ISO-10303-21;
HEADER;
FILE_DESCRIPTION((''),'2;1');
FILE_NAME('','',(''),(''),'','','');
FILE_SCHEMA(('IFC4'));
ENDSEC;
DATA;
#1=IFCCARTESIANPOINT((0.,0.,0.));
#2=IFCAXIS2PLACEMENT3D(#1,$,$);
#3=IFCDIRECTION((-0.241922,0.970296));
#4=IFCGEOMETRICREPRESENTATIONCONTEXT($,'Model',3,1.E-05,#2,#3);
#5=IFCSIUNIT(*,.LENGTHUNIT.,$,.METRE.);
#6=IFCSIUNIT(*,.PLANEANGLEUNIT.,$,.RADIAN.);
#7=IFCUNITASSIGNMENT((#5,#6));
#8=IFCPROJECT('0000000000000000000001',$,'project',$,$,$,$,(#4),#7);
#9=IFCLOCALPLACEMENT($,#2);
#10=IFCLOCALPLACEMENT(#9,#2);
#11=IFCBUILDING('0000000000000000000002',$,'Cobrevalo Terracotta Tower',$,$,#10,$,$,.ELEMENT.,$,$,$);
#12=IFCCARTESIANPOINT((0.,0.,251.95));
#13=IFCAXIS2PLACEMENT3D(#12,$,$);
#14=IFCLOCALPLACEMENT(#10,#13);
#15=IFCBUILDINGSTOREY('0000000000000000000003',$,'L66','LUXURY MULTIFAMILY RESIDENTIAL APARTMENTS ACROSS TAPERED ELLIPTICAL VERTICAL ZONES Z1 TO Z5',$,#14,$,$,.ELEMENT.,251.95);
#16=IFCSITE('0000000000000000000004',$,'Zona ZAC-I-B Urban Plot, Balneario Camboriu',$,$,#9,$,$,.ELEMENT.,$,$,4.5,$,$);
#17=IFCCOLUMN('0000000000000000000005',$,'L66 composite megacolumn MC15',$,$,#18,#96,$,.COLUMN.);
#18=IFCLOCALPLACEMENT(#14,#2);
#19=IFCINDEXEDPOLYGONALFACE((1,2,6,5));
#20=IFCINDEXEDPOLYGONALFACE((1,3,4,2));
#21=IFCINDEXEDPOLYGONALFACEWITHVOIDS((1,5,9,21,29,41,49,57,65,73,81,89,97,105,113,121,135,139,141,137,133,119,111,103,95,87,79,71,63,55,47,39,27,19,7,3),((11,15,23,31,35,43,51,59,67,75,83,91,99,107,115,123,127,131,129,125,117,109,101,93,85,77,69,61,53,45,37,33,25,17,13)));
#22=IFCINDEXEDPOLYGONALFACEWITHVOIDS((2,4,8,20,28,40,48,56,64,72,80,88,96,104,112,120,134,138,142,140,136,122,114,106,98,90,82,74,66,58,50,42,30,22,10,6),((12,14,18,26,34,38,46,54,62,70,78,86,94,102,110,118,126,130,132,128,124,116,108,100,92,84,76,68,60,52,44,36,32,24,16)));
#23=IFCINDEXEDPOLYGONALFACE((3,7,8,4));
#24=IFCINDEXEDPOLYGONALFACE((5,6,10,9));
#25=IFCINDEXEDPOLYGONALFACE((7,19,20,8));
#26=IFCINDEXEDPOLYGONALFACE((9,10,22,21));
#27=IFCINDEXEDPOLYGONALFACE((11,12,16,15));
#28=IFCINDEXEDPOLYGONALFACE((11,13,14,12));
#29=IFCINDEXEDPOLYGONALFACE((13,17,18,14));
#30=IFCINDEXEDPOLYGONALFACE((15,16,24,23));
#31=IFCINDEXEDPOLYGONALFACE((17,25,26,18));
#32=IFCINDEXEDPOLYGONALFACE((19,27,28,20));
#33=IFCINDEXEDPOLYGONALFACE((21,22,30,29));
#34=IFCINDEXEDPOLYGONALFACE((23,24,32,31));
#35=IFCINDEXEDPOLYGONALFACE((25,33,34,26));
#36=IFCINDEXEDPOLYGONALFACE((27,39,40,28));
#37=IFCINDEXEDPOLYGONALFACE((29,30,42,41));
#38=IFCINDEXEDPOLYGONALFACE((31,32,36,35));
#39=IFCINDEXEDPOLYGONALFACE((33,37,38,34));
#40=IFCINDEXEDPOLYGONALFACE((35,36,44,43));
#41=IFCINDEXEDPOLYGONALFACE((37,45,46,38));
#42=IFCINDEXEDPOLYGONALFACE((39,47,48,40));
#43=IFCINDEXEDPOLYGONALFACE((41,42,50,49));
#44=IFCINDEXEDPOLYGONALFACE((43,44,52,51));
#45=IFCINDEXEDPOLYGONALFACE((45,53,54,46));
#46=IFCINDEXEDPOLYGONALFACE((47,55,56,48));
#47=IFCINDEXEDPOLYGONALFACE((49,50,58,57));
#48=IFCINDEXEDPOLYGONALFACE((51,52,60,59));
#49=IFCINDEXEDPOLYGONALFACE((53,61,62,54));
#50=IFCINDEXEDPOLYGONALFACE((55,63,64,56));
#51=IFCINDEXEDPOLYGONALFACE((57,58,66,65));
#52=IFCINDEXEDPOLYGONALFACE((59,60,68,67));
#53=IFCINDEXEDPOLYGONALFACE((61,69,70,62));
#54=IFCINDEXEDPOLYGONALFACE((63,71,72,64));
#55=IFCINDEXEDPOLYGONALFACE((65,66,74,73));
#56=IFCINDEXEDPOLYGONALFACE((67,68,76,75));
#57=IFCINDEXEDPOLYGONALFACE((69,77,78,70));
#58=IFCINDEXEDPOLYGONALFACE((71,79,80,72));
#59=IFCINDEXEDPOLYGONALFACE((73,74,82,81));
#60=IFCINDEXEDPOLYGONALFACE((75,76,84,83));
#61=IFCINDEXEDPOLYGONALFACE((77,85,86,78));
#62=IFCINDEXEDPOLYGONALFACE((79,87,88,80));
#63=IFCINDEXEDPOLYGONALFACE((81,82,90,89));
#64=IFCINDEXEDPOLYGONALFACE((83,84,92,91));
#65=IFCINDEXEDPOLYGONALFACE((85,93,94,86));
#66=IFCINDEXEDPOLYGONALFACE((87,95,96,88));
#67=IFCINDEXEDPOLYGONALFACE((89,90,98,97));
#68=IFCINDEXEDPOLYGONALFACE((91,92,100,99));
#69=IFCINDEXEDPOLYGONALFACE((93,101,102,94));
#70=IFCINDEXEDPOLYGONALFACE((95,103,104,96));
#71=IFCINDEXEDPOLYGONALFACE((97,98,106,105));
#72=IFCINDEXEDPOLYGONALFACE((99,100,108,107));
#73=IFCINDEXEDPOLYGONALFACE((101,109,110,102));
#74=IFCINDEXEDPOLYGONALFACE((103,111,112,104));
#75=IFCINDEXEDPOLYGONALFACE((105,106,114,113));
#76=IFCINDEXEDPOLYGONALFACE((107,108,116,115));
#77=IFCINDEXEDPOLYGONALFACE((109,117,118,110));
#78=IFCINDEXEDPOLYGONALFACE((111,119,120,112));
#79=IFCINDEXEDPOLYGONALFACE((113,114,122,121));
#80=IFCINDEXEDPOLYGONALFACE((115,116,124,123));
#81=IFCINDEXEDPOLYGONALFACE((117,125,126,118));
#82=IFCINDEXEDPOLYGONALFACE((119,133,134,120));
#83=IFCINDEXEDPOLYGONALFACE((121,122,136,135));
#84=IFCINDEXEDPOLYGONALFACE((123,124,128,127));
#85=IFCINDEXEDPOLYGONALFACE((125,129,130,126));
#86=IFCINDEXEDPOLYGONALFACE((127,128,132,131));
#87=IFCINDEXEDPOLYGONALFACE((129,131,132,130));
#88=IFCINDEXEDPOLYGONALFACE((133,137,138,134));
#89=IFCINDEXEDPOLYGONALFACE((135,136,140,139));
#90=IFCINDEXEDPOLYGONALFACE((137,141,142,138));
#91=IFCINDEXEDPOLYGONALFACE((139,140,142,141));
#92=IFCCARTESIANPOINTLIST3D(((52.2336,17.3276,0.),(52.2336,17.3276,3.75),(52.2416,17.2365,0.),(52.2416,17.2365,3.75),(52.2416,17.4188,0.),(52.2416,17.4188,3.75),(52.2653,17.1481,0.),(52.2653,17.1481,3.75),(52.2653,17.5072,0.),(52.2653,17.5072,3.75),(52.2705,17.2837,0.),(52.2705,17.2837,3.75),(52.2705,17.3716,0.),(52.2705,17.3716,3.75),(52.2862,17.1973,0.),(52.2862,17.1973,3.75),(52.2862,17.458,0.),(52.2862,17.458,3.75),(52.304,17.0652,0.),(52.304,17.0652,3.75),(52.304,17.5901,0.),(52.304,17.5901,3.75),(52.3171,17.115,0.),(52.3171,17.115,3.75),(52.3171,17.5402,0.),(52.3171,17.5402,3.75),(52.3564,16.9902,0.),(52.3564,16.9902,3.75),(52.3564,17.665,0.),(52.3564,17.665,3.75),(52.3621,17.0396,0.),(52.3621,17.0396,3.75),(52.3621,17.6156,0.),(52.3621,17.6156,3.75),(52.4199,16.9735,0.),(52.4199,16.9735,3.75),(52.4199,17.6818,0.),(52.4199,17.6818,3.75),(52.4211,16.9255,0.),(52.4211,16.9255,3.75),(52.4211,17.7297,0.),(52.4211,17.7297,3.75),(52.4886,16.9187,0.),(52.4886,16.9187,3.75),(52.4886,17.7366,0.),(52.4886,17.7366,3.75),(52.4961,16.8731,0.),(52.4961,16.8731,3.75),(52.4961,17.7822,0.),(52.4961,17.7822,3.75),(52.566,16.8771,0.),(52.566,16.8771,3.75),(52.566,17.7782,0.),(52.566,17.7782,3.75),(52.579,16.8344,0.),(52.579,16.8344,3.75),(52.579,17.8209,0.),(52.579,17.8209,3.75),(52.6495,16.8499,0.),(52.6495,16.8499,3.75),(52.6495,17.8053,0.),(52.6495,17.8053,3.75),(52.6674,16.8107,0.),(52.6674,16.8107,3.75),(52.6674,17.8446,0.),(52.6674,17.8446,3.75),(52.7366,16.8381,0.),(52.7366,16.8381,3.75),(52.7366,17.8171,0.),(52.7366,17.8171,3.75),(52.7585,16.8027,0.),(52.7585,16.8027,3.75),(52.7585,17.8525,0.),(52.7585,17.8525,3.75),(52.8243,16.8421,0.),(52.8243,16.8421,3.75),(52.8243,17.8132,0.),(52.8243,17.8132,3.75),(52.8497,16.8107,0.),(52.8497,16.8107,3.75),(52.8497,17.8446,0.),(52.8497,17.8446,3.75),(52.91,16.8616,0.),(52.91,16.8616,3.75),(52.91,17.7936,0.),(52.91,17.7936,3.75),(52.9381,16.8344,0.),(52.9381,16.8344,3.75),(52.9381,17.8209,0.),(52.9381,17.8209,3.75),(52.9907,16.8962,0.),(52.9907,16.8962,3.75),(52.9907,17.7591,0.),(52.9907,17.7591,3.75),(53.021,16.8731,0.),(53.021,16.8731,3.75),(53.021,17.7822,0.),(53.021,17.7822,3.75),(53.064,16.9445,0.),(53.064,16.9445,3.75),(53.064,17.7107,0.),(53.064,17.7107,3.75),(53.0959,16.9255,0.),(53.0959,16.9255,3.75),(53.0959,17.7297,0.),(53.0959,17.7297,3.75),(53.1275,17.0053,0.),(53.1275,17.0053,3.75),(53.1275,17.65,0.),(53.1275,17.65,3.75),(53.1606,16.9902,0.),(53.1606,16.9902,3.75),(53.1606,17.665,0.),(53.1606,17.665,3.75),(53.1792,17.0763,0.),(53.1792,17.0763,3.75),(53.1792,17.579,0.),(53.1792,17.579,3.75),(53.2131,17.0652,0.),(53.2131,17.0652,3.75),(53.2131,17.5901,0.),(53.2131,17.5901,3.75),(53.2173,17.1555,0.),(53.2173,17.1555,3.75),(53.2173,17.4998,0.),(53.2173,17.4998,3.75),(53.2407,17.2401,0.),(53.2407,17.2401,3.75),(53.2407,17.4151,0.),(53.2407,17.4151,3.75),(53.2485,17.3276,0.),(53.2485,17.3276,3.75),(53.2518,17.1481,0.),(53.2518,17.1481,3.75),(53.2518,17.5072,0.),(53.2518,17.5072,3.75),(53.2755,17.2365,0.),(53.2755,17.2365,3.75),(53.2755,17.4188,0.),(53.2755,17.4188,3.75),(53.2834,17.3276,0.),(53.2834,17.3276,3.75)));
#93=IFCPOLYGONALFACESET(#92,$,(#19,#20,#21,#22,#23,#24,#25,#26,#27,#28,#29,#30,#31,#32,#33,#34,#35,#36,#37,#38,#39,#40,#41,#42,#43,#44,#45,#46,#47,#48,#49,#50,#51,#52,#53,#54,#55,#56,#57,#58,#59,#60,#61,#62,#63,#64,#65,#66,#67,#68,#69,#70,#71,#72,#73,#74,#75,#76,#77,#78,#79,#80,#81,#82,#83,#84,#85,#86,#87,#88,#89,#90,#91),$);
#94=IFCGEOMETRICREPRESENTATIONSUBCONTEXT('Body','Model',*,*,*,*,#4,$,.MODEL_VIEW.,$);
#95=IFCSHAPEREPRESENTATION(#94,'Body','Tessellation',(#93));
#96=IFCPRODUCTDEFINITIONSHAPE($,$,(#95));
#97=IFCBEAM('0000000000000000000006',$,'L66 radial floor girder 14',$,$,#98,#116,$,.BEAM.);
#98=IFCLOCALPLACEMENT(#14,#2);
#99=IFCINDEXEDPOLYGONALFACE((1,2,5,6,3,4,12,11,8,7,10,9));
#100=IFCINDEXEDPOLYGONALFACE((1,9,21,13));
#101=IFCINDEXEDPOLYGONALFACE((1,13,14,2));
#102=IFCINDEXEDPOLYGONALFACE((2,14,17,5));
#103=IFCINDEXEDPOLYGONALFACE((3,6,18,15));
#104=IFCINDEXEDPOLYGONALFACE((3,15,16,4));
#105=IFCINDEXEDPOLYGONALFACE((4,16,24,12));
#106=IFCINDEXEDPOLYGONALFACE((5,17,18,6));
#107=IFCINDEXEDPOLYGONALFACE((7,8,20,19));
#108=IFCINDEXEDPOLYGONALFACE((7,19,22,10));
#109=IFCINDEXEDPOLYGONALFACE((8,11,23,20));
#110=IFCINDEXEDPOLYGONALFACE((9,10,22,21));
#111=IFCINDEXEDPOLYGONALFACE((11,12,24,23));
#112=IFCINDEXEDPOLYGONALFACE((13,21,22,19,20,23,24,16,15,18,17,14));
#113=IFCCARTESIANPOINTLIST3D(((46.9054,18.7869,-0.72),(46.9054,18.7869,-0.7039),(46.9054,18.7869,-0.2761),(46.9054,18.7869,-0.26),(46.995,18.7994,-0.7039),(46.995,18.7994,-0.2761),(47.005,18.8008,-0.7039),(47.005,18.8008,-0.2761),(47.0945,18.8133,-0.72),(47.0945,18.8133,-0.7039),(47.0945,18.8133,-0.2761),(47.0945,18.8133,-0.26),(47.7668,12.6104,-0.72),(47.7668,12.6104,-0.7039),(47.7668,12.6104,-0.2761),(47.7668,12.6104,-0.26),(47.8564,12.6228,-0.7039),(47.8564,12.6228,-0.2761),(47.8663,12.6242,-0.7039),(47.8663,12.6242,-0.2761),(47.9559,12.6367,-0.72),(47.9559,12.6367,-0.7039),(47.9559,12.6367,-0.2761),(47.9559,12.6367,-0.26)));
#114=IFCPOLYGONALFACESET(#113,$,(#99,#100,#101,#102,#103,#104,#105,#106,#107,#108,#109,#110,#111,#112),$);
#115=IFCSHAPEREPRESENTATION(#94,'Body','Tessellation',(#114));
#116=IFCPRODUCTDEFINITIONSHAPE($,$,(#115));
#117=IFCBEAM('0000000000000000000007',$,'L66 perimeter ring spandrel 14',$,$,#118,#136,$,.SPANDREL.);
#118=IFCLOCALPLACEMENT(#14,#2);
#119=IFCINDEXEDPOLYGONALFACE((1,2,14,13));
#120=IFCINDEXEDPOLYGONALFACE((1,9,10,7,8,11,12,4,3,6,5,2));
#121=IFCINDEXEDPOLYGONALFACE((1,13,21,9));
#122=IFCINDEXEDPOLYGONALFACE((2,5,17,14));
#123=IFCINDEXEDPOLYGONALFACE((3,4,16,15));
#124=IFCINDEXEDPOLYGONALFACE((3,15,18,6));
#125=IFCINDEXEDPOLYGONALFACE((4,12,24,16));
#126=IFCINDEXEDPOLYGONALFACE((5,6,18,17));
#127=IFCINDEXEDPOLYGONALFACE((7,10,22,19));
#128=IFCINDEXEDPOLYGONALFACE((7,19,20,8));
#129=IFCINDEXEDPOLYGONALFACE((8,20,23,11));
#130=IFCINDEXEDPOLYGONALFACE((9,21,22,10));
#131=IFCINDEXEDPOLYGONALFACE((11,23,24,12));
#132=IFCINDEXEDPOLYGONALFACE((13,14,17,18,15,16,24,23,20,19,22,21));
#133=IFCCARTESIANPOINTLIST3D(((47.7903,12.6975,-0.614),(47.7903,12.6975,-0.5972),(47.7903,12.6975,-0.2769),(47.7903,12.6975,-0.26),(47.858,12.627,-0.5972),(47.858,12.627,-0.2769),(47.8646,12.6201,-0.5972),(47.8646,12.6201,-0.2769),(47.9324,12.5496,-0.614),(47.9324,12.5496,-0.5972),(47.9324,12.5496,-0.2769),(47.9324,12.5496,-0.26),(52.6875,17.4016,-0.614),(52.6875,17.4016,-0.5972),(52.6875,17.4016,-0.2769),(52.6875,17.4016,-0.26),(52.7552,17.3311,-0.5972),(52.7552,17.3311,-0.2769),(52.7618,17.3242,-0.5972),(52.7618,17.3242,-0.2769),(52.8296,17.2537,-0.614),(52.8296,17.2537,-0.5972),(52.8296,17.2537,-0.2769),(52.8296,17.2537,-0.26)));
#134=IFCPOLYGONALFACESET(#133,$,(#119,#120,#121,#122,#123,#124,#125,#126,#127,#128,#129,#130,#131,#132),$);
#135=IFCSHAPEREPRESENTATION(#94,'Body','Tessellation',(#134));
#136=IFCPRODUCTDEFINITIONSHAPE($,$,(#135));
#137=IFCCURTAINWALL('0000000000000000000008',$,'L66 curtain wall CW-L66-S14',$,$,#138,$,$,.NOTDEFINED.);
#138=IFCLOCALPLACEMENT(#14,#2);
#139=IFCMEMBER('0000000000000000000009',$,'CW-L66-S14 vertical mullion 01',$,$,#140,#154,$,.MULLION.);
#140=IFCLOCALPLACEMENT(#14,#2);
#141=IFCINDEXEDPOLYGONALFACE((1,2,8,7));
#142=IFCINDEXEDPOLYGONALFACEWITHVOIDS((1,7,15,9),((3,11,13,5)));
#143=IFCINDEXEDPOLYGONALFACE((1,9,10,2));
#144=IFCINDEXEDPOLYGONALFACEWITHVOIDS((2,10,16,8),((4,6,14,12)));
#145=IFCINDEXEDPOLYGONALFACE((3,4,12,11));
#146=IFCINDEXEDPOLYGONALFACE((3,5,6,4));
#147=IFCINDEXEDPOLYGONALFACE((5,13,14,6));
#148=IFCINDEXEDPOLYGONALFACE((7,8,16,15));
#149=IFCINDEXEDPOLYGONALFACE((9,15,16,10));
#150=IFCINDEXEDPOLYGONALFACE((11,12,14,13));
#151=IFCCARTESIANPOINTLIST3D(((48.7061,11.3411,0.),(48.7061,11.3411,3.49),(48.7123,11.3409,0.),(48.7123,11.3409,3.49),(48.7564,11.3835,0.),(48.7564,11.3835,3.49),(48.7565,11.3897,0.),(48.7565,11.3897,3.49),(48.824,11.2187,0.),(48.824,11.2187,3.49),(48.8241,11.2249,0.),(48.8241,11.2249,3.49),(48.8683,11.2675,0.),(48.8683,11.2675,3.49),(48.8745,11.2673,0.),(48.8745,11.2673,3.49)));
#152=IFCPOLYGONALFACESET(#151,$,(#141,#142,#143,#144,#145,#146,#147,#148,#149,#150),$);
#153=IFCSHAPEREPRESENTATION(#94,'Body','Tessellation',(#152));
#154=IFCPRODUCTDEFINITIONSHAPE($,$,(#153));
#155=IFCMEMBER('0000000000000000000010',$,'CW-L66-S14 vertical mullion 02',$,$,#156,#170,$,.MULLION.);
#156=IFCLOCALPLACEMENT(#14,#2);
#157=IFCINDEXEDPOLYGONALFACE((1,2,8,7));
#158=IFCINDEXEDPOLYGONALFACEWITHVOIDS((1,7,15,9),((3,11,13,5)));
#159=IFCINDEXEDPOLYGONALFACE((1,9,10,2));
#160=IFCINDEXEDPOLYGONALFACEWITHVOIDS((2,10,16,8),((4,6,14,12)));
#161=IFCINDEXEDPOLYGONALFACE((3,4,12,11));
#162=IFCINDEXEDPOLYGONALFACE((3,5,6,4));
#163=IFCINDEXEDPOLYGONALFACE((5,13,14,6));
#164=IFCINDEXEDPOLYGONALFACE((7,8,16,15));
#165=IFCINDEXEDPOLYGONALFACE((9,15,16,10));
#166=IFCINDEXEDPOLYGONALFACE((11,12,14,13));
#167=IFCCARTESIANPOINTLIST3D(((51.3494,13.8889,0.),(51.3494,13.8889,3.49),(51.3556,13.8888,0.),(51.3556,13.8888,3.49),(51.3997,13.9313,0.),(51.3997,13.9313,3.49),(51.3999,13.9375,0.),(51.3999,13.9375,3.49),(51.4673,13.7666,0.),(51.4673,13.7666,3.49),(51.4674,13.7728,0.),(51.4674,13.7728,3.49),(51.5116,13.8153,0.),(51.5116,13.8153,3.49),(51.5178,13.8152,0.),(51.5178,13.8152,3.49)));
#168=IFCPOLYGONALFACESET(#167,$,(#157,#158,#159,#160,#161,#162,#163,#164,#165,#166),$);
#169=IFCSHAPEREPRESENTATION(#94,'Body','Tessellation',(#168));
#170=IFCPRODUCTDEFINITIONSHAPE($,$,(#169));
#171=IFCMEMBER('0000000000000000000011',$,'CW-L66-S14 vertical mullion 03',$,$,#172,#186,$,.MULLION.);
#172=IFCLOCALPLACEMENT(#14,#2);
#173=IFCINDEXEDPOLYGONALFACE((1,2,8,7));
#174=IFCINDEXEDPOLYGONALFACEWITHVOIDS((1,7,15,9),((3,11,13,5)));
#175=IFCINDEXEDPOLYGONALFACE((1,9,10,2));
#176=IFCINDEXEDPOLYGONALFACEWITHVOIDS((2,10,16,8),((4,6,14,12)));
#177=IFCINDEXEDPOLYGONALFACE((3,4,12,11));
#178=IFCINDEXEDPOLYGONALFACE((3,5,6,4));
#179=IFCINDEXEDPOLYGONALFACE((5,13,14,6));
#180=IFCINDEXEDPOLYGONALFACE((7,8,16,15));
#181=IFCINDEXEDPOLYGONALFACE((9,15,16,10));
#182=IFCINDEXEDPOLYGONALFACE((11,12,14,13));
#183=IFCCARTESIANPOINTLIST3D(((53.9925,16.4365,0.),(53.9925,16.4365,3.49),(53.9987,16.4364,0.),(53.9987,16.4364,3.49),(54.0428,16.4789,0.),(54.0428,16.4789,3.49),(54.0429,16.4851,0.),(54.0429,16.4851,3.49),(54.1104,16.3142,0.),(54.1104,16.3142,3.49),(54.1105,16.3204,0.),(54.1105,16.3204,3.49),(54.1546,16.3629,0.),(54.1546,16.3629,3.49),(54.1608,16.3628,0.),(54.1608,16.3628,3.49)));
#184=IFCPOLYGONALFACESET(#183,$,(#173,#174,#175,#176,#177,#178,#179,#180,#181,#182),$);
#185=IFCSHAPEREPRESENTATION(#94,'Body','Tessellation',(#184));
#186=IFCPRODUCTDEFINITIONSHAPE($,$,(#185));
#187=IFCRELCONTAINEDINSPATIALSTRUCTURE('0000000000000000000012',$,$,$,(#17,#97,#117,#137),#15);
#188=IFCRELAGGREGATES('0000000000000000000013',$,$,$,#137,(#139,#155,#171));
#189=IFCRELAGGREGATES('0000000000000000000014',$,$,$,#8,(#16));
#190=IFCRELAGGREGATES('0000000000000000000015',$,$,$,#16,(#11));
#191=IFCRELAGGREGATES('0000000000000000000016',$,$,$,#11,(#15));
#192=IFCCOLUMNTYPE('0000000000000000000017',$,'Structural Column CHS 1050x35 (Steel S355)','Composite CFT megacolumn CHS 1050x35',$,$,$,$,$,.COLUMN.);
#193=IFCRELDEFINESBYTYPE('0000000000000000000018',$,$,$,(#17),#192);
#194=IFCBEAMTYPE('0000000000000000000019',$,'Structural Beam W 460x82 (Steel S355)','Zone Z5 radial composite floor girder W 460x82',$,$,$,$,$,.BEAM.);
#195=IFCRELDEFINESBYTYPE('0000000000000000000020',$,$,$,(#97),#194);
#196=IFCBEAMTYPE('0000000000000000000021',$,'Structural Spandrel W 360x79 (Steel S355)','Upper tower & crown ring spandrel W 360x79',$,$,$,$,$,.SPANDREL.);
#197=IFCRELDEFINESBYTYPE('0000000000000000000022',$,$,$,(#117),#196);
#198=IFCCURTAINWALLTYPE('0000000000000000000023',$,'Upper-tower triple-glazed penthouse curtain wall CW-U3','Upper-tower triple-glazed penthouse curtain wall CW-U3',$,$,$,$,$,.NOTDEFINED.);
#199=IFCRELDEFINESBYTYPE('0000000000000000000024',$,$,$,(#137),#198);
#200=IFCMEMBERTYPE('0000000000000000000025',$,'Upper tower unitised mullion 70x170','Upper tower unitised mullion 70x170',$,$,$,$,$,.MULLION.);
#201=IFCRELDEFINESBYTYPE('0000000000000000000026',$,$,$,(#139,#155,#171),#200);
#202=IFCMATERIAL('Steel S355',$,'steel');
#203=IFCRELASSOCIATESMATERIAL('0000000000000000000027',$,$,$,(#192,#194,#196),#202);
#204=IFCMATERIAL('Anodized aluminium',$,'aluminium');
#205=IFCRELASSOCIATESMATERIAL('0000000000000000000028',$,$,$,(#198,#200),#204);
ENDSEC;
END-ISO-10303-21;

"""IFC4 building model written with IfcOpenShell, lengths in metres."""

from ifc_helpers import new_model, si_unit, direction, frame, origin, origin_2d, place, context, subcontext, project, spatial, hollow_rectangle, hollow_circle, i_section, extrude, source, transform, mapped, material, material_profile, profile_set, type_object, element, aggregate, save


model = new_model("IFC4")

# Units and contexts
model_context = context("Model", 3, precision=1e-05, world=origin(), true_north=direction((-0.241922, 0.970296)))
body_context = subcontext(model_context, "Body", "Model", "MODEL_VIEW")
ifc_project = project(units=[si_unit("LENGTHUNIT", "METRE"), si_unit("PLANEANGLEUNIT", "RADIAN")], contexts=[model_context])

# Site, building, storey
site_placement = place(None, origin())
site = spatial("IfcSite", under=ifc_project, at=site_placement, Name="Zona ZAC-I-B Urban Plot, Balneario Camboriu", CompositionType="ELEMENT", RefElevation=4.5)
building_placement = place(site_placement, origin())
building = spatial("IfcBuilding", under=site, at=building_placement, Name="Cobrevalo Terracotta Tower", CompositionType="ELEMENT")
storey_placement = place(building_placement, frame((0.0, 0.0, 251.95)))
storey = spatial("IfcBuildingStorey", under=building, at=storey_placement, Name="L66", Description="LUXURY MULTIFAMILY RESIDENTIAL APARTMENTS ACROSS TAPERED ELLIPTICAL VERTICAL ZONES Z1 TO Z5", CompositionType="ELEMENT", Elevation=251.95)

# Column
ifc_material_1 = material(Name="Steel S355", Category="steel")
ifc_material_profile_1 = material_profile(ifc_material_1, hollow_circle(Radius=0.5249, WallThickness=0.0349, at=origin_2d()), Name="CHS 1050x35")
ifc_profile_set_1 = profile_set([ifc_material_profile_1], Name="Steel S355")
column_type = type_object("IfcColumnType", Name="Structural Column CHS 1050x35 (Steel S355)", Description="Composite CFT megacolumn CHS 1050x35", PredefinedType="COLUMN", material=ifc_profile_set_1)
column_placement = place(storey_placement, frame((52.7585, 17.3276, 0.0), z_axis=(0.0, 0.0, 1.0), x_axis=(1.0, 0.0, 0.0)))
element("IfcColumn", 1, at=column_placement, inside=storey, type_object=column_type, Name="L66 composite megacolumn MC15", PredefinedType="COLUMN", context=body_context, shape_type="SweptSolid", body=[
    extrude(hollow_circle(Radius=0.5249, WallThickness=0.0349, at=origin_2d()), origin(), (0.0, 0.0, 1.0), 3.75),
])

# Beams
ifc_material_profile_2 = material_profile(ifc_material_1, i_section(OverallWidth=0.1909, OverallDepth=0.46, WebThickness=0.01, FlangeThickness=0.0161, at=origin_2d()), Name="W 460x82")
ifc_profile_set_2 = profile_set([ifc_material_profile_2], Name="Steel S355")
beam_type_1 = type_object("IfcBeamType", Name="Structural Beam W 460x82 (Steel S355)", Description="Zone Z5 radial composite floor girder W 460x82", PredefinedType="BEAM", material=ifc_profile_set_2)
beam_1_placement = place(storey_placement, frame((47.8613, 12.6235, -0.49), z_axis=(-0.138116, 0.990416, 0.0), x_axis=(-0.990416, -0.138116, 0.0)))
element("IfcBeam", 2, at=beam_1_placement, inside=storey, type_object=beam_type_1, Name="L66 radial floor girder 14", PredefinedType="BEAM", context=body_context, shape_type="SweptSolid", body=[
    extrude(i_section(OverallWidth=0.1909, OverallDepth=0.46, WebThickness=0.01, FlangeThickness=0.0161, at=origin_2d()), origin(), (0.0, 0.0, 1.0), 6.2363),
])
ifc_material_profile_3 = material_profile(ifc_material_1, i_section(OverallWidth=0.2051, OverallDepth=0.354, WebThickness=0.0095, FlangeThickness=0.0168, at=origin_2d()), Name="W 360x79")
ifc_profile_set_3 = profile_set([ifc_material_profile_3], Name="Steel S355")
beam_type_2 = type_object("IfcBeamType", Name="Structural Spandrel W 360x79 (Steel S355)", Description="Upper tower & crown ring spandrel W 360x79", PredefinedType="SPANDREL", material=ifc_profile_set_3)
beam_2_placement = place(storey_placement, frame((47.8613, 12.6235, -0.437), z_axis=(0.721183, 0.692744, 0.0), x_axis=(-0.692744, 0.721183, 0.0)))
element("IfcBeam", 3, at=beam_2_placement, inside=storey, type_object=beam_type_2, Name="L66 perimeter ring spandrel 14", PredefinedType="SPANDREL", context=body_context, shape_type="SweptSolid", body=[
    extrude(i_section(OverallWidth=0.2051, OverallDepth=0.354, WebThickness=0.0095, FlangeThickness=0.0168, at=origin_2d()), origin(), (0.0, 0.0, 1.0), 6.7905),
])

# Curtain wall, members
ifc_material_2 = material(Name="Anodized aluminium", Category="aluminium")
curtain_wall_type = type_object("IfcCurtainWallType", Name="Upper-tower triple-glazed penthouse curtain wall CW-U3", Description="Upper-tower triple-glazed penthouse curtain wall CW-U3", PredefinedType="NOTDEFINED", material=ifc_material_2)
curtain_wall_1_placement = place(storey_placement, origin())
curtain_wall_1 = element("IfcCurtainWall", 4, at=curtain_wall_1_placement, inside=storey, type_object=curtain_wall_type, Name="L66 curtain wall CW-L66-S14", PredefinedType="NOTDEFINED")
ifc_material_profile_4 = material_profile(ifc_material_2, hollow_rectangle(XDim=0.0701, YDim=0.1699, WallThickness=0.0044, at=origin_2d()), Name="CWM 70x170")
ifc_profile_set_4 = profile_set([ifc_material_profile_4], Name="Anodized aluminium")
member_type_1 = type_object("IfcMemberType", Name="Upper tower unitised mullion 70x170", Description="Upper tower unitised mullion 70x170", PredefinedType="MULLION", material=ifc_profile_set_4)
shared_shape_1 = source(origin(), body_context, "Body", "SweptSolid", [
    extrude(hollow_rectangle(XDim=0.0701, YDim=0.1699, WallThickness=0.0044, at=origin_2d()), origin(), (0.0, 0.0, 1.0), 3.49),
])
member_1_placement = place(storey_placement, frame((48.7903, 11.3042, 0.0), z_axis=(0.0, 0.0, 1.0), x_axis=(0.719994, 0.69398, 0.0)))
member_1 = element("IfcMember", 5, at=member_1_placement, type_object=member_type_1, Name="CW-L66-S14 vertical mullion 01", PredefinedType="MULLION", context=body_context, shape_type="MappedRepresentation", body=[
    mapped(shared_shape_1, transform((0.0, 0.0, 0.0), scale=1.0)),
])
member_2_placement = place(storey_placement, frame((51.4336, 13.8521, 0.0), z_axis=(0.0, 0.0, 1.0), x_axis=(0.719994, 0.69398, 0.0)))
member_2 = element("IfcMember", 6, at=member_2_placement, type_object=member_type_1, Name="CW-L66-S14 vertical mullion 02", PredefinedType="MULLION", context=body_context, shape_type="MappedRepresentation", body=[
    mapped(shared_shape_1, transform((0.0, 0.0, 0.0), scale=1.0)),
])
member_3_placement = place(storey_placement, frame((54.0767, 16.3997, 0.0), z_axis=(0.0, 0.0, 1.0), x_axis=(0.719994, 0.69398, 0.0)))
member_3 = element("IfcMember", 7, at=member_3_placement, type_object=member_type_1, Name="CW-L66-S14 vertical mullion 03", PredefinedType="MULLION", context=body_context, shape_type="MappedRepresentation", body=[
    mapped(shared_shape_1, transform((0.0, 0.0, 0.0), scale=1.0)),
])

aggregate(curtain_wall_1, [member_1, member_2, member_3])

save(model, "model.ifc")
